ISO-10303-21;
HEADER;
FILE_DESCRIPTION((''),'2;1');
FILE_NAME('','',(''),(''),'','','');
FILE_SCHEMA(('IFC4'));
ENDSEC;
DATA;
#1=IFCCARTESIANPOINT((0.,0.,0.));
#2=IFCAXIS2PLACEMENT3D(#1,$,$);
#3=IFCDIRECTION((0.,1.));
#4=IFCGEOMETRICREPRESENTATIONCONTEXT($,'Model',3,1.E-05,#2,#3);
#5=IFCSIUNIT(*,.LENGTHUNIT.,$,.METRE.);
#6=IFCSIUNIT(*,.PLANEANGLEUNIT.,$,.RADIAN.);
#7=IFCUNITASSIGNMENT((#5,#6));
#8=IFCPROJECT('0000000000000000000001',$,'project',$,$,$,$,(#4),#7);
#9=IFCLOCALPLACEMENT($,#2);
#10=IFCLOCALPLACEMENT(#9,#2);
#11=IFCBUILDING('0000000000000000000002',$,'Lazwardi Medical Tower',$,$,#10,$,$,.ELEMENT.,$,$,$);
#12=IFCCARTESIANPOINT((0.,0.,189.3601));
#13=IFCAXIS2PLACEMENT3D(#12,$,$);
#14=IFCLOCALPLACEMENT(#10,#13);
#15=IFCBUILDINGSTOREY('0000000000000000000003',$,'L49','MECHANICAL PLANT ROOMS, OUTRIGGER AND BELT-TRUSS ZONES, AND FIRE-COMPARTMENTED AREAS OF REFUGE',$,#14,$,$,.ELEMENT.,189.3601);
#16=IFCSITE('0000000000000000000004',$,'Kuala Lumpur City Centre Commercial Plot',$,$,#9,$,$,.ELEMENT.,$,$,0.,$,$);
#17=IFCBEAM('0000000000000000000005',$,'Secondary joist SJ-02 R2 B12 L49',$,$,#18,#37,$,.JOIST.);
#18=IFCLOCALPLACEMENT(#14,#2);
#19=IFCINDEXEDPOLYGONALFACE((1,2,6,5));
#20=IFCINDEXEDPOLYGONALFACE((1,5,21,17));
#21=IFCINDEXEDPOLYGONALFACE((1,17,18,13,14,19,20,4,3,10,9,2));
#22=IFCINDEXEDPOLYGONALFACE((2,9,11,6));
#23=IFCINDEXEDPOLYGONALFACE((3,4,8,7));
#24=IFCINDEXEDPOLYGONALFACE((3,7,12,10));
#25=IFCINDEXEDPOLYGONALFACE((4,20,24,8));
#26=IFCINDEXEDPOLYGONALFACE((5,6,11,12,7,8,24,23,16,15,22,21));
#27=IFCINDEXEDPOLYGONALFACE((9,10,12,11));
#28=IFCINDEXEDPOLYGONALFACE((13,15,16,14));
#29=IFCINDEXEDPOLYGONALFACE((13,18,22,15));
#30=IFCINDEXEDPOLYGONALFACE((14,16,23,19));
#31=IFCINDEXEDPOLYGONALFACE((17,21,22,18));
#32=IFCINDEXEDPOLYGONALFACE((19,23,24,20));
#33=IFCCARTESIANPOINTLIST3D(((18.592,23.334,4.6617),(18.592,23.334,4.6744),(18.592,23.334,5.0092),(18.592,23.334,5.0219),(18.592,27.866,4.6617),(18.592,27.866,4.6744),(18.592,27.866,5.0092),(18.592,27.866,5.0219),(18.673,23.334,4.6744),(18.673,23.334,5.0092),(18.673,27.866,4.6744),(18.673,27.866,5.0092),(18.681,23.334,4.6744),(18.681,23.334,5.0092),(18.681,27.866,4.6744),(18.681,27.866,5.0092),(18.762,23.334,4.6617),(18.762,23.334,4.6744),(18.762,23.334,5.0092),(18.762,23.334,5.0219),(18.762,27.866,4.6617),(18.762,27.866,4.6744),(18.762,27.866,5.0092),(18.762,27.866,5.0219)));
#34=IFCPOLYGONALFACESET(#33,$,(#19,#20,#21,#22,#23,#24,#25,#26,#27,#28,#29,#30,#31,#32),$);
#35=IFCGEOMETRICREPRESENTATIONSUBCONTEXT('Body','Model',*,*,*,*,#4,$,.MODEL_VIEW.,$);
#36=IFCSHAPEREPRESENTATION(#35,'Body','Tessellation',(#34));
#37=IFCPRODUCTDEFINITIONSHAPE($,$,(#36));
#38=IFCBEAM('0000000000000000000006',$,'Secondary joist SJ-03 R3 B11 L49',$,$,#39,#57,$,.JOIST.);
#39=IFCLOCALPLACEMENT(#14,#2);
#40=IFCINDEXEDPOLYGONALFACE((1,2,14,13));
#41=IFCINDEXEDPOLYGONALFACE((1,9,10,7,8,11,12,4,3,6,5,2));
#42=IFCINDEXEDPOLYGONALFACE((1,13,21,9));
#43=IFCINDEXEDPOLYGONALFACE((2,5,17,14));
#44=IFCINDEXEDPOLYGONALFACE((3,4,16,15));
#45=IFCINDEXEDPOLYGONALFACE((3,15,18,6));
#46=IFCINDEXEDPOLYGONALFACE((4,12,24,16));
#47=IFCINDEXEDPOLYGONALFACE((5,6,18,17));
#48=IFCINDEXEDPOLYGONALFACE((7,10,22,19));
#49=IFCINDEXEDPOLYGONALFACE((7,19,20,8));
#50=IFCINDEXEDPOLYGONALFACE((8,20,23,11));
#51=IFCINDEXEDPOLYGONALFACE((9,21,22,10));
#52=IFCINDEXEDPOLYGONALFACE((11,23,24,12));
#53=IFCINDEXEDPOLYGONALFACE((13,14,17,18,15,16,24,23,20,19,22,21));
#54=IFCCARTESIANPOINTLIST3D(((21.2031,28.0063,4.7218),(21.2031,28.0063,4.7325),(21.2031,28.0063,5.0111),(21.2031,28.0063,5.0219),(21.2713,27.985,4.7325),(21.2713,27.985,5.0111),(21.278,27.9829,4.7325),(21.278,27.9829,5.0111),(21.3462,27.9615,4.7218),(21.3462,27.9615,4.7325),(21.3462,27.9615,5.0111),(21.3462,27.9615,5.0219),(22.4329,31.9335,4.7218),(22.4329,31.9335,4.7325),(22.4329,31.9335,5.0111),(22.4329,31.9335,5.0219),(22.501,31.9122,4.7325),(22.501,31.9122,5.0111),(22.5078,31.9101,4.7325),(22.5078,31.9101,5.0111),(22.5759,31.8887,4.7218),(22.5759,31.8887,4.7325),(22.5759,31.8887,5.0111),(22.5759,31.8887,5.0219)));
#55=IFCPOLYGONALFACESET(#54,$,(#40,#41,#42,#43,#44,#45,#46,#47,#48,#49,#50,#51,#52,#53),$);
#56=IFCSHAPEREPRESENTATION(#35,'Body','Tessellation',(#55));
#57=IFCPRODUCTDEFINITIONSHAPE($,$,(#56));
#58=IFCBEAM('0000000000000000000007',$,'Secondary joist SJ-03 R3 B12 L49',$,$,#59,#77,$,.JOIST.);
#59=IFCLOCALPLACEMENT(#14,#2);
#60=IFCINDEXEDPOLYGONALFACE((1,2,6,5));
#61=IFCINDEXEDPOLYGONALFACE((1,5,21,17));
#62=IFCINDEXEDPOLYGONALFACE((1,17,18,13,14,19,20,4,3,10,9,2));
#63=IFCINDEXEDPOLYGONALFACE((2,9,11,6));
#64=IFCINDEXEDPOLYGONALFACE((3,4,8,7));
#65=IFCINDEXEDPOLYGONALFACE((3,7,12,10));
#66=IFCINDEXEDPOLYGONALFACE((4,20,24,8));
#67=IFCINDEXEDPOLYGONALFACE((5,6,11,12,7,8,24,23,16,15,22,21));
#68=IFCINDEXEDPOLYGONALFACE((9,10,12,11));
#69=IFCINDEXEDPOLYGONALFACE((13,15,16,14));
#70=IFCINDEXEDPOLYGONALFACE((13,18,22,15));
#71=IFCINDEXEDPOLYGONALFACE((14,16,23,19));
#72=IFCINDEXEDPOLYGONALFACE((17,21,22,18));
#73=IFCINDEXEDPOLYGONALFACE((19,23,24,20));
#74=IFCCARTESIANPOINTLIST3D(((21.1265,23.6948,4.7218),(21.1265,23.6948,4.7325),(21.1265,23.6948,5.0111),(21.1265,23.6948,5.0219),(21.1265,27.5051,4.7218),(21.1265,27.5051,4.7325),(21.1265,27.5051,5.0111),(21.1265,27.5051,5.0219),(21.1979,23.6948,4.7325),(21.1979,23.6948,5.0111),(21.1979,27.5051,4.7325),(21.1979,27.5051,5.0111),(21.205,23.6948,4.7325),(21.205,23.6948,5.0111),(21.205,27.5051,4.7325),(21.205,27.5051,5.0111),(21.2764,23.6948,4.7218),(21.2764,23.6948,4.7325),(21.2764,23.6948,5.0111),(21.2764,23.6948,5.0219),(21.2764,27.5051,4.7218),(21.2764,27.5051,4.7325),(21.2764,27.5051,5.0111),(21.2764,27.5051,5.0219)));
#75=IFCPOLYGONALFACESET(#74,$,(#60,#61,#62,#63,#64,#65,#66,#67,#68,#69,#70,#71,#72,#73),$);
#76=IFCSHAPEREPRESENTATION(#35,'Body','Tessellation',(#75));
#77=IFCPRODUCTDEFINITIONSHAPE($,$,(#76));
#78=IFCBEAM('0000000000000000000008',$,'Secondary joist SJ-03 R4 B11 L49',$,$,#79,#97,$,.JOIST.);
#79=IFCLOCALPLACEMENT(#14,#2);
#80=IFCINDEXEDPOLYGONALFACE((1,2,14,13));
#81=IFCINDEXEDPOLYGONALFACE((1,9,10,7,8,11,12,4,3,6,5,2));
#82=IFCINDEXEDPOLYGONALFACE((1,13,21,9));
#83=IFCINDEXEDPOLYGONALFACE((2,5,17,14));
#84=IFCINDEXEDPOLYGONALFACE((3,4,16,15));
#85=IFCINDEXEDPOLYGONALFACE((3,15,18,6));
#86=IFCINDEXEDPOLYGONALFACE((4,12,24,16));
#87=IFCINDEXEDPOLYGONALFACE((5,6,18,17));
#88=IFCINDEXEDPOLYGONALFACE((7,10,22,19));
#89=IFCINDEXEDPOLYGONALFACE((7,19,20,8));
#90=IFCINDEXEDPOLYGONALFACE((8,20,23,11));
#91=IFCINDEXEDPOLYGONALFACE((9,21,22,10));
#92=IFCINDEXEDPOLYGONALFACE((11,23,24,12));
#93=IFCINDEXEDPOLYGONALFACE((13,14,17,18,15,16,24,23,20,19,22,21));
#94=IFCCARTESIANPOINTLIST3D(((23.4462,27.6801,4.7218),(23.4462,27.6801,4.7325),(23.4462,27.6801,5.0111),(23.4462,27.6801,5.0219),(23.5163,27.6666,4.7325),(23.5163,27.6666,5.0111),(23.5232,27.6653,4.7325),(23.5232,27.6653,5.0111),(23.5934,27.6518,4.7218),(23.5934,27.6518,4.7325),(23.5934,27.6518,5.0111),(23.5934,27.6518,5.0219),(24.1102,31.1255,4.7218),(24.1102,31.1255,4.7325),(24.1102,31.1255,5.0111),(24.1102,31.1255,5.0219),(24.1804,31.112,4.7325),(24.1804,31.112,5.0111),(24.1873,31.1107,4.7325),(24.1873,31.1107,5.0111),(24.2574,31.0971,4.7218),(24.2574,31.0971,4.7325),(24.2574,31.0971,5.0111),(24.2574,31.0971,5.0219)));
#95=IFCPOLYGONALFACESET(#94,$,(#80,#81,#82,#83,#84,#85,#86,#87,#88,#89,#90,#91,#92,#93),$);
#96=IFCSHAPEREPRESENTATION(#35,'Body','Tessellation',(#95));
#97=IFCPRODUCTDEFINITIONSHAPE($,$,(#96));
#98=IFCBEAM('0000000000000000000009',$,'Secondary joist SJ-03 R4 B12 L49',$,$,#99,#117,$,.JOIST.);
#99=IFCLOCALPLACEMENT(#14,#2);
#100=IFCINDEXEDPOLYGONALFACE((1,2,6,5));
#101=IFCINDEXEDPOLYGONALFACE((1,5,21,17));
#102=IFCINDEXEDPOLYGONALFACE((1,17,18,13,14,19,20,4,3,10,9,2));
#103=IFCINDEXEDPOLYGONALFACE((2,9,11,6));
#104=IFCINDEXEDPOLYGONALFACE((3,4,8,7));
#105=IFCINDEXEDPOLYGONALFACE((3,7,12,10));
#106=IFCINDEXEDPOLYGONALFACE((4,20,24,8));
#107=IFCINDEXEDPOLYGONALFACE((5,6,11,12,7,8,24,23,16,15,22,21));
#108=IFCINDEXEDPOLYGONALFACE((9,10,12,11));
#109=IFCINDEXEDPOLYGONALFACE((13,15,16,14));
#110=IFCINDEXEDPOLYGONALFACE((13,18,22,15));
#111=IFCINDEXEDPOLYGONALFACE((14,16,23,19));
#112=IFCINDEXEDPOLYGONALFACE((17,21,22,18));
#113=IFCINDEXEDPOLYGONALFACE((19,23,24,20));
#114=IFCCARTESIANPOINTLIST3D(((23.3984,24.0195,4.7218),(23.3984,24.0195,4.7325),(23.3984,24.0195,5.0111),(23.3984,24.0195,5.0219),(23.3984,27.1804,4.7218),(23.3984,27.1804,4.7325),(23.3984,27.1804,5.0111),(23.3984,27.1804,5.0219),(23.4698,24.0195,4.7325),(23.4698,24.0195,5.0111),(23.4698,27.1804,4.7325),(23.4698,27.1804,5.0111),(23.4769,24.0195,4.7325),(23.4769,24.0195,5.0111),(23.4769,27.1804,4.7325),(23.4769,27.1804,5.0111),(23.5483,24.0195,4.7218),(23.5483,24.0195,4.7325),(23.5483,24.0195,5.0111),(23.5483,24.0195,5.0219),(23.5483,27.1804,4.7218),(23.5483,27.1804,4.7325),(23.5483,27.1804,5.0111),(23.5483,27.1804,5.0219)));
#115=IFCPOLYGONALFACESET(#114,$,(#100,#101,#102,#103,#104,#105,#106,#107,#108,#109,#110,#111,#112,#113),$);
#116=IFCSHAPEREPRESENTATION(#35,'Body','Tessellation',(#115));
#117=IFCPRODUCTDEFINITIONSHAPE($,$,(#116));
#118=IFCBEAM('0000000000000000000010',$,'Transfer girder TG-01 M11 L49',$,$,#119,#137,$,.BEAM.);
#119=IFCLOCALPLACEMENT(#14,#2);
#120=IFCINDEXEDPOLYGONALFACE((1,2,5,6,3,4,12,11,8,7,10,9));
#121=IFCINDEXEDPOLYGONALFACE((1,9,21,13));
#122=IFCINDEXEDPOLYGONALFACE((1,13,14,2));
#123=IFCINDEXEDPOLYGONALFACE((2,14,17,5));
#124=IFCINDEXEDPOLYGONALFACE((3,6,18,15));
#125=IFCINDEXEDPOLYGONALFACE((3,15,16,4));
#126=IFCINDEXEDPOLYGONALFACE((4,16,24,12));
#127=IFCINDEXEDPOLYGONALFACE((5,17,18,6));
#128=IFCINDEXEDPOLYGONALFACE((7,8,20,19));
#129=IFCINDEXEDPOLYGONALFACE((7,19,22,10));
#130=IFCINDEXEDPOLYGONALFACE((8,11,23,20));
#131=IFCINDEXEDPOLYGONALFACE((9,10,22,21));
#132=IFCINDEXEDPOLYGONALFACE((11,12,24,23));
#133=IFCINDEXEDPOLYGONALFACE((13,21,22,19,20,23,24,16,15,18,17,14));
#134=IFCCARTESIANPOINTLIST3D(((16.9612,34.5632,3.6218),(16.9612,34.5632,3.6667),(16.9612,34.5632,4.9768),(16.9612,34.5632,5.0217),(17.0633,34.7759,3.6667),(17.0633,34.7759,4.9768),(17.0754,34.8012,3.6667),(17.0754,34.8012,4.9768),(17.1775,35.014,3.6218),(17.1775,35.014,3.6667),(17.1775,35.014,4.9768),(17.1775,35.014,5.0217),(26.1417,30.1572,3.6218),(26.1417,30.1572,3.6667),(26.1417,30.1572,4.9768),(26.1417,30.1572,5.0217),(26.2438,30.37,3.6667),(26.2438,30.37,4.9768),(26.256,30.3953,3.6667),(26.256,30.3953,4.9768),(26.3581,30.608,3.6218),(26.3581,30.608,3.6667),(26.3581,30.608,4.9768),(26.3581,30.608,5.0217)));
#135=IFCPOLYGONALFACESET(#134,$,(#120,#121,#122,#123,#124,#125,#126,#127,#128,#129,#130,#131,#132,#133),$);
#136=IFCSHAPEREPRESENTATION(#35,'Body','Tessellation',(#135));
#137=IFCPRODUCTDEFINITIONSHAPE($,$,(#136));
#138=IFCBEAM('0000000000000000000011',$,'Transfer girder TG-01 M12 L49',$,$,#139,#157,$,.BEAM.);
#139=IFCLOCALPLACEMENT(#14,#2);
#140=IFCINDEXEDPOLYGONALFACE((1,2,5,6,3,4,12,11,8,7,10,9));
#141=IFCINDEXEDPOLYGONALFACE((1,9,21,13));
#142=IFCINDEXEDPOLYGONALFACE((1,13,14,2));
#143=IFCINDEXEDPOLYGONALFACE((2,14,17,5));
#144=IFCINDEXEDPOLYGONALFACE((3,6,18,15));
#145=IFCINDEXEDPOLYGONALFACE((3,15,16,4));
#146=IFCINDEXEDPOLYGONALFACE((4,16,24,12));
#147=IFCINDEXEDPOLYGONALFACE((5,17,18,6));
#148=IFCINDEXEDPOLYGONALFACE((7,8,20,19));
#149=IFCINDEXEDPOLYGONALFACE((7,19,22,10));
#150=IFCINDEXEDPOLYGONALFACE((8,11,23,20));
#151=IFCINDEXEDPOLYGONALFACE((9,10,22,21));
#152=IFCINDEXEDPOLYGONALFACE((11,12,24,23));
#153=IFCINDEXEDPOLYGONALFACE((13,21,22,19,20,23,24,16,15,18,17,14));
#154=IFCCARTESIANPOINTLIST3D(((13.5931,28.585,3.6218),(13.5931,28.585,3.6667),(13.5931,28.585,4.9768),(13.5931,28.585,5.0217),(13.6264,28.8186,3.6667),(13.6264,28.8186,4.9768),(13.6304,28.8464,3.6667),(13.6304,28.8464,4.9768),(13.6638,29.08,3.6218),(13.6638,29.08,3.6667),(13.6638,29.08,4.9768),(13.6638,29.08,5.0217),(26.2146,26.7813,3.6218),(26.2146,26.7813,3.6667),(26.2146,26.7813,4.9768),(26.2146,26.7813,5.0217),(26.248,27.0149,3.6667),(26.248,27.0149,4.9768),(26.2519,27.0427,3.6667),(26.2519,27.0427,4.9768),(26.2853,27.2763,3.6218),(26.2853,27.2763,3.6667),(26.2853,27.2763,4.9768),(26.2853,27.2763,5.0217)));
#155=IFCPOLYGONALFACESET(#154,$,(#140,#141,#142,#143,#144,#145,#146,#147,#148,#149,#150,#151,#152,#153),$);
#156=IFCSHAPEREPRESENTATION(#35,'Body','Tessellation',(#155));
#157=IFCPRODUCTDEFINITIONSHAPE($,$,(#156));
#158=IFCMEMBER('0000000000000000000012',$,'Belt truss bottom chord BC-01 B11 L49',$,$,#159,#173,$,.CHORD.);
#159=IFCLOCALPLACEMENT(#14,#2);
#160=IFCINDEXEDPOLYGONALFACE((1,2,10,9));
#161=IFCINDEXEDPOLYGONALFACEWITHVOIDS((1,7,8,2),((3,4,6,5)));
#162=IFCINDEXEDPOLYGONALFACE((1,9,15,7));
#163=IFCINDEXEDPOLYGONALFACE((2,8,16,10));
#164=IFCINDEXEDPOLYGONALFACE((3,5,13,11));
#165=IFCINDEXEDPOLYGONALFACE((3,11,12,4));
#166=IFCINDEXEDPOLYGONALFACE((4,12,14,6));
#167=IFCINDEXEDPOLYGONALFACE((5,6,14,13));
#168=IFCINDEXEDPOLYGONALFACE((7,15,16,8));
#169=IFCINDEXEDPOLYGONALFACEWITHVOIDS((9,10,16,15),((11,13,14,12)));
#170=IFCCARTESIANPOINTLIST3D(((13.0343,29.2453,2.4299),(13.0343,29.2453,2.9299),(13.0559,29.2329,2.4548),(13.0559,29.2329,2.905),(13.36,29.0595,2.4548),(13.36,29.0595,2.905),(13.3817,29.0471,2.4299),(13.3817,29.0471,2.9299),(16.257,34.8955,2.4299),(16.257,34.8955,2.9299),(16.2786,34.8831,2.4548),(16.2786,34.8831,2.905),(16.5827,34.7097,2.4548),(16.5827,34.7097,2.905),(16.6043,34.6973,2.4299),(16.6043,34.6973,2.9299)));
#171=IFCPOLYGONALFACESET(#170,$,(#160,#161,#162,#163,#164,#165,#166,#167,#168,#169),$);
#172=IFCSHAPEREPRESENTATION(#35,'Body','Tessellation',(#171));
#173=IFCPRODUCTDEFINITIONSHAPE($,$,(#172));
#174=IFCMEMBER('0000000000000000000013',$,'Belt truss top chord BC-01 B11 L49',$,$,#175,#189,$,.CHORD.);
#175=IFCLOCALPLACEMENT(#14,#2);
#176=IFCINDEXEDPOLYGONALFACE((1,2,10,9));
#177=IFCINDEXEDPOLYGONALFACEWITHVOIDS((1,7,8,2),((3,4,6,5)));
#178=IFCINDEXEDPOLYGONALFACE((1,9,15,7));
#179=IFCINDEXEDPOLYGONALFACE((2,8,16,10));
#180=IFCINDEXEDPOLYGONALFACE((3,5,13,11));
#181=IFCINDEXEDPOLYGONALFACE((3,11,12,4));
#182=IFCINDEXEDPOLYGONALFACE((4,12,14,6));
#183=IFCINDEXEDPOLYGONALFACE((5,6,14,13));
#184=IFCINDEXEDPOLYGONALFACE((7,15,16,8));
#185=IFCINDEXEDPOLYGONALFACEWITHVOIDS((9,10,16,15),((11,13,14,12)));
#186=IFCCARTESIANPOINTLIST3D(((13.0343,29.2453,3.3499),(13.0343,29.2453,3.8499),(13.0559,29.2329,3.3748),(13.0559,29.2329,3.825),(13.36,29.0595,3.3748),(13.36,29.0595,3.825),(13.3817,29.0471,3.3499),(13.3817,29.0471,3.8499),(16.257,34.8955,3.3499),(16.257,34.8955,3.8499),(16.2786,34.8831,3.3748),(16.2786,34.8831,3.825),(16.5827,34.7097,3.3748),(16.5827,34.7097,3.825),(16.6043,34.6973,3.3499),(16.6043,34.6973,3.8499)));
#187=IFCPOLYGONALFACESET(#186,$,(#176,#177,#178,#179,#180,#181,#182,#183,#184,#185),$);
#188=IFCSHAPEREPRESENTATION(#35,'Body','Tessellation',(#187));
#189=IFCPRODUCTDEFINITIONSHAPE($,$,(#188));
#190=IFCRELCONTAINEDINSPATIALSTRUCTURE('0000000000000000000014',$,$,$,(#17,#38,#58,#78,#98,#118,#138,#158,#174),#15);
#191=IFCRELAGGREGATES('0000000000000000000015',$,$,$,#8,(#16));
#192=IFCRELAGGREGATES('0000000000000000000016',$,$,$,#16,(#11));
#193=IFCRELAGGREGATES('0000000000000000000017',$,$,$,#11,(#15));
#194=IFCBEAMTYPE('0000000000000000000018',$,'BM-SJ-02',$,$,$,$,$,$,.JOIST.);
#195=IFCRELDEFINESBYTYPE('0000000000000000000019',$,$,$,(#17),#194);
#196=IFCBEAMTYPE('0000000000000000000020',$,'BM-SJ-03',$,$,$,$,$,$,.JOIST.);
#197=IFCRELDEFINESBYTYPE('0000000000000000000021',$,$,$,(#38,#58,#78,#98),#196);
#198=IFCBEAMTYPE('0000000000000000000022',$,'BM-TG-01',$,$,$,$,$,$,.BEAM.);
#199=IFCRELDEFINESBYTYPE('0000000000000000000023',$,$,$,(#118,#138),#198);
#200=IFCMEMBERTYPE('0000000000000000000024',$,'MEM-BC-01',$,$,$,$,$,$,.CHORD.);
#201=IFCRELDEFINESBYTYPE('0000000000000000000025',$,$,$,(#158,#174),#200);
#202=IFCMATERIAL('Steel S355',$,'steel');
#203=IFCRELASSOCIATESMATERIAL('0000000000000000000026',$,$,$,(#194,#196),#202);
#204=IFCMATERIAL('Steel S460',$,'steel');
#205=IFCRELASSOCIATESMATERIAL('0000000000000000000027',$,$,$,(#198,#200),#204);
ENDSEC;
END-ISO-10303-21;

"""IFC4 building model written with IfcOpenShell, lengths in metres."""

from ifc_helpers import new_model, si_unit, direction, frame, origin, origin_2d, place, context, subcontext, project, spatial, hollow_rectangle, i_section, extrude, material, material_profile, profile_set, type_object, element, save


model = new_model("IFC4")

# Units and contexts
model_context = context("Model", 3, precision=1e-05, world=origin(), true_north=direction((0.0, 1.0)))
body_context = subcontext(model_context, "Body", "Model", "MODEL_VIEW")
ifc_project = project(units=[si_unit("LENGTHUNIT", "METRE"), si_unit("PLANEANGLEUNIT", "RADIAN")], contexts=[model_context])

# Site, building, storey
site_placement = place(None, origin())
site = spatial("IfcSite", under=ifc_project, at=site_placement, Name="Kuala Lumpur City Centre Commercial Plot", CompositionType="ELEMENT", RefElevation=0.0)
building_placement = place(site_placement, origin())
building = spatial("IfcBuilding", under=site, at=building_placement, Name="Lazwardi Medical Tower", CompositionType="ELEMENT")
storey_placement = place(building_placement, frame((0.0, 0.0, 189.3601)))
storey = spatial("IfcBuildingStorey", under=building, at=storey_placement, Name="L49", Description="MECHANICAL PLANT ROOMS, OUTRIGGER AND BELT-TRUSS ZONES, AND FIRE-COMPARTMENTED AREAS OF REFUGE", CompositionType="ELEMENT", Elevation=189.3601)

# Beams
ifc_material_1 = material(Name="Steel S460", Category="steel")
ifc_material_2 = material(Name="Steel S355", Category="steel")
ifc_material_profile_1 = material_profile(ifc_material_2, i_section(OverallWidth=0.1699, OverallDepth=0.3601, WebThickness=0.0081, FlangeThickness=0.0127, at=origin_2d()), Name="IPE 360")
ifc_profile_set_1 = profile_set([ifc_material_profile_1], Name="Steel S355")
beam_type_1 = type_object("IfcBeamType", Name="BM-SJ-02", PredefinedType="JOIST", material=ifc_profile_set_1)
beam_1_placement = place(storey_placement, frame((18.677, 27.866, 4.8418), z_axis=(0.0, -1.0, 0.0), x_axis=(1.0, 0.0, 0.0)))
element("IfcBeam", 1, at=beam_1_placement, inside=storey, type_object=beam_type_1, Name="Secondary joist SJ-02 R2 B12 L49", PredefinedType="JOIST", context=body_context, shape_type="SweptSolid", body=[
    extrude(i_section(OverallWidth=0.1699, OverallDepth=0.3601, WebThickness=0.0081, FlangeThickness=0.0127, at=origin_2d()), origin(), (0.0, 0.0, 1.0), 4.532),
])
ifc_material_profile_2 = material_profile(ifc_material_2, i_section(OverallWidth=0.1499, OverallDepth=0.3, WebThickness=0.0071, FlangeThickness=0.0107, at=origin_2d()), Name="IPE 300")
ifc_profile_set_2 = profile_set([ifc_material_profile_2], Name="Steel S355")
beam_type_2 = type_object("IfcBeamType", Name="BM-SJ-03", PredefinedType="JOIST", material=ifc_profile_set_2)
beam_2_placement = place(storey_placement, frame((22.5044, 31.9111, 4.8718), z_axis=(-0.298822, -0.954309, 0.0), x_axis=(0.954309, -0.298822, 0.0)))
element("IfcBeam", 2, at=beam_2_placement, inside=storey, type_object=beam_type_2, Name="Secondary joist SJ-03 R3 B11 L49", PredefinedType="JOIST", context=body_context, shape_type="SweptSolid", body=[
    extrude(i_section(OverallWidth=0.1499, OverallDepth=0.3, WebThickness=0.0071, FlangeThickness=0.0107, at=origin_2d()), origin(), (0.0, 0.0, 1.0), 4.1152),
])
beam_3_placement = place(storey_placement, frame((21.2014, 27.5051, 4.8718), z_axis=(0.0, -1.0, 0.0), x_axis=(1.0, 0.0, 0.0)))
element("IfcBeam", 3, at=beam_3_placement, inside=storey, type_object=beam_type_2, Name="Secondary joist SJ-03 R3 B12 L49", PredefinedType="JOIST", context=body_context, shape_type="SweptSolid", body=[
    extrude(i_section(OverallWidth=0.1499, OverallDepth=0.3, WebThickness=0.0071, FlangeThickness=0.0107, at=origin_2d()), origin(), (0.0, 0.0, 1.0), 3.8103),
])
beam_4_placement = place(storey_placement, frame((24.1838, 31.1113, 4.8718), z_axis=(-0.18926, -0.981927, 0.0), x_axis=(0.981927, -0.18926, 0.0)))
element("IfcBeam", 4, at=beam_4_placement, inside=storey, type_object=beam_type_2, Name="Secondary joist SJ-03 R4 B11 L49", PredefinedType="JOIST", context=body_context, shape_type="SweptSolid", body=[
    extrude(i_section(OverallWidth=0.1499, OverallDepth=0.3, WebThickness=0.0071, FlangeThickness=0.0107, at=origin_2d()), origin(), (0.0, 0.0, 1.0), 3.5088),
])
beam_5_placement = place(storey_placement, frame((23.4734, 27.1804, 4.8718), z_axis=(0.0, -1.0, 0.0), x_axis=(1.0, 0.0, 0.0)))
element("IfcBeam", 5, at=beam_5_placement, inside=storey, type_object=beam_type_2, Name="Secondary joist SJ-03 R4 B12 L49", PredefinedType="JOIST", context=body_context, shape_type="SweptSolid", body=[
    extrude(i_section(OverallWidth=0.1499, OverallDepth=0.3, WebThickness=0.0071, FlangeThickness=0.0107, at=origin_2d()), origin(), (0.0, 0.0, 1.0), 3.1609),
])
ifc_material_profile_3 = material_profile(ifc_material_1, i_section(OverallWidth=0.5, OverallDepth=1.3999, WebThickness=0.0281, FlangeThickness=0.0449, at=origin_2d()), Name="PG 1400x500")
ifc_profile_set_3 = profile_set([ifc_material_profile_3], Name="Steel S460")
beam_type_3 = type_object("IfcBeamType", Name="BM-TG-01", PredefinedType="BEAM", material=ifc_profile_set_3)
beam_6_placement = place(storey_placement, frame((17.0693, 34.7886, 4.3218), z_axis=(0.90155, -0.432674, 0.0), x_axis=(0.432674, 0.90155, 0.0)))
element("IfcBeam", 6, at=beam_6_placement, inside=storey, type_object=beam_type_3, Name="Transfer girder TG-01 M11 L49", PredefinedType="BEAM", context=body_context, shape_type="SweptSolid", body=[
    extrude(i_section(OverallWidth=0.5, OverallDepth=1.3999, WebThickness=0.0281, FlangeThickness=0.0449, at=origin_2d()), origin(), (0.0, 0.0, 1.0), 10.1831),
])
beam_7_placement = place(storey_placement, frame((13.6284, 28.8325, 4.3218), z_axis=(0.989943, -0.14147, 0.0), x_axis=(0.14147, 0.989943, 0.0)))
element("IfcBeam", 7, at=beam_7_placement, inside=storey, type_object=beam_type_3, Name="Transfer girder TG-01 M12 L49", PredefinedType="BEAM", context=body_context, shape_type="SweptSolid", body=[
    extrude(i_section(OverallWidth=0.5, OverallDepth=1.3999, WebThickness=0.0281, FlangeThickness=0.0449, at=origin_2d()), origin(), (0.0, 0.0, 1.0), 12.7498),
])

# Members
ifc_material_profile_4 = material_profile(ifc_material_1, hollow_rectangle(XDim=0.3999, YDim=0.5, WallThickness=0.0249, at=origin_2d()), Name="RHS 500x400x25")
ifc_profile_set_4 = profile_set([ifc_material_profile_4], Name="Steel S460")
member_type_1 = type_object("IfcMemberType", Name="MEM-BC-01", PredefinedType="CHORD", material=ifc_profile_set_4)
for number, where, z_axis, x_axis, name in (
    (8, (16.4307, 34.7964, 2.6799), (-0.495444, -0.86864, 0.0), (0.86864, -0.495444, 0.0), "Belt truss bottom chord BC-01 B11 L49"),
    (9, (16.4307, 34.7964, 3.5999), (-0.495444, -0.86864, 0.0), (0.86864, -0.495444, 0.0), "Belt truss top chord BC-01 B11 L49"),
):
    element("IfcMember", number, at=place(storey_placement, frame(where, z_axis=z_axis, x_axis=x_axis)), inside=storey, type_object=member_type_1, Name=name, PredefinedType="CHORD", context=body_context, shape_type="SweptSolid", body=[
        extrude(hollow_rectangle(XDim=0.3999, YDim=0.5, WallThickness=0.0249, at=origin_2d()), origin(), (0.0, 0.0, 1.0), 6.5046),
    ])

save(model, "model.ifc")
